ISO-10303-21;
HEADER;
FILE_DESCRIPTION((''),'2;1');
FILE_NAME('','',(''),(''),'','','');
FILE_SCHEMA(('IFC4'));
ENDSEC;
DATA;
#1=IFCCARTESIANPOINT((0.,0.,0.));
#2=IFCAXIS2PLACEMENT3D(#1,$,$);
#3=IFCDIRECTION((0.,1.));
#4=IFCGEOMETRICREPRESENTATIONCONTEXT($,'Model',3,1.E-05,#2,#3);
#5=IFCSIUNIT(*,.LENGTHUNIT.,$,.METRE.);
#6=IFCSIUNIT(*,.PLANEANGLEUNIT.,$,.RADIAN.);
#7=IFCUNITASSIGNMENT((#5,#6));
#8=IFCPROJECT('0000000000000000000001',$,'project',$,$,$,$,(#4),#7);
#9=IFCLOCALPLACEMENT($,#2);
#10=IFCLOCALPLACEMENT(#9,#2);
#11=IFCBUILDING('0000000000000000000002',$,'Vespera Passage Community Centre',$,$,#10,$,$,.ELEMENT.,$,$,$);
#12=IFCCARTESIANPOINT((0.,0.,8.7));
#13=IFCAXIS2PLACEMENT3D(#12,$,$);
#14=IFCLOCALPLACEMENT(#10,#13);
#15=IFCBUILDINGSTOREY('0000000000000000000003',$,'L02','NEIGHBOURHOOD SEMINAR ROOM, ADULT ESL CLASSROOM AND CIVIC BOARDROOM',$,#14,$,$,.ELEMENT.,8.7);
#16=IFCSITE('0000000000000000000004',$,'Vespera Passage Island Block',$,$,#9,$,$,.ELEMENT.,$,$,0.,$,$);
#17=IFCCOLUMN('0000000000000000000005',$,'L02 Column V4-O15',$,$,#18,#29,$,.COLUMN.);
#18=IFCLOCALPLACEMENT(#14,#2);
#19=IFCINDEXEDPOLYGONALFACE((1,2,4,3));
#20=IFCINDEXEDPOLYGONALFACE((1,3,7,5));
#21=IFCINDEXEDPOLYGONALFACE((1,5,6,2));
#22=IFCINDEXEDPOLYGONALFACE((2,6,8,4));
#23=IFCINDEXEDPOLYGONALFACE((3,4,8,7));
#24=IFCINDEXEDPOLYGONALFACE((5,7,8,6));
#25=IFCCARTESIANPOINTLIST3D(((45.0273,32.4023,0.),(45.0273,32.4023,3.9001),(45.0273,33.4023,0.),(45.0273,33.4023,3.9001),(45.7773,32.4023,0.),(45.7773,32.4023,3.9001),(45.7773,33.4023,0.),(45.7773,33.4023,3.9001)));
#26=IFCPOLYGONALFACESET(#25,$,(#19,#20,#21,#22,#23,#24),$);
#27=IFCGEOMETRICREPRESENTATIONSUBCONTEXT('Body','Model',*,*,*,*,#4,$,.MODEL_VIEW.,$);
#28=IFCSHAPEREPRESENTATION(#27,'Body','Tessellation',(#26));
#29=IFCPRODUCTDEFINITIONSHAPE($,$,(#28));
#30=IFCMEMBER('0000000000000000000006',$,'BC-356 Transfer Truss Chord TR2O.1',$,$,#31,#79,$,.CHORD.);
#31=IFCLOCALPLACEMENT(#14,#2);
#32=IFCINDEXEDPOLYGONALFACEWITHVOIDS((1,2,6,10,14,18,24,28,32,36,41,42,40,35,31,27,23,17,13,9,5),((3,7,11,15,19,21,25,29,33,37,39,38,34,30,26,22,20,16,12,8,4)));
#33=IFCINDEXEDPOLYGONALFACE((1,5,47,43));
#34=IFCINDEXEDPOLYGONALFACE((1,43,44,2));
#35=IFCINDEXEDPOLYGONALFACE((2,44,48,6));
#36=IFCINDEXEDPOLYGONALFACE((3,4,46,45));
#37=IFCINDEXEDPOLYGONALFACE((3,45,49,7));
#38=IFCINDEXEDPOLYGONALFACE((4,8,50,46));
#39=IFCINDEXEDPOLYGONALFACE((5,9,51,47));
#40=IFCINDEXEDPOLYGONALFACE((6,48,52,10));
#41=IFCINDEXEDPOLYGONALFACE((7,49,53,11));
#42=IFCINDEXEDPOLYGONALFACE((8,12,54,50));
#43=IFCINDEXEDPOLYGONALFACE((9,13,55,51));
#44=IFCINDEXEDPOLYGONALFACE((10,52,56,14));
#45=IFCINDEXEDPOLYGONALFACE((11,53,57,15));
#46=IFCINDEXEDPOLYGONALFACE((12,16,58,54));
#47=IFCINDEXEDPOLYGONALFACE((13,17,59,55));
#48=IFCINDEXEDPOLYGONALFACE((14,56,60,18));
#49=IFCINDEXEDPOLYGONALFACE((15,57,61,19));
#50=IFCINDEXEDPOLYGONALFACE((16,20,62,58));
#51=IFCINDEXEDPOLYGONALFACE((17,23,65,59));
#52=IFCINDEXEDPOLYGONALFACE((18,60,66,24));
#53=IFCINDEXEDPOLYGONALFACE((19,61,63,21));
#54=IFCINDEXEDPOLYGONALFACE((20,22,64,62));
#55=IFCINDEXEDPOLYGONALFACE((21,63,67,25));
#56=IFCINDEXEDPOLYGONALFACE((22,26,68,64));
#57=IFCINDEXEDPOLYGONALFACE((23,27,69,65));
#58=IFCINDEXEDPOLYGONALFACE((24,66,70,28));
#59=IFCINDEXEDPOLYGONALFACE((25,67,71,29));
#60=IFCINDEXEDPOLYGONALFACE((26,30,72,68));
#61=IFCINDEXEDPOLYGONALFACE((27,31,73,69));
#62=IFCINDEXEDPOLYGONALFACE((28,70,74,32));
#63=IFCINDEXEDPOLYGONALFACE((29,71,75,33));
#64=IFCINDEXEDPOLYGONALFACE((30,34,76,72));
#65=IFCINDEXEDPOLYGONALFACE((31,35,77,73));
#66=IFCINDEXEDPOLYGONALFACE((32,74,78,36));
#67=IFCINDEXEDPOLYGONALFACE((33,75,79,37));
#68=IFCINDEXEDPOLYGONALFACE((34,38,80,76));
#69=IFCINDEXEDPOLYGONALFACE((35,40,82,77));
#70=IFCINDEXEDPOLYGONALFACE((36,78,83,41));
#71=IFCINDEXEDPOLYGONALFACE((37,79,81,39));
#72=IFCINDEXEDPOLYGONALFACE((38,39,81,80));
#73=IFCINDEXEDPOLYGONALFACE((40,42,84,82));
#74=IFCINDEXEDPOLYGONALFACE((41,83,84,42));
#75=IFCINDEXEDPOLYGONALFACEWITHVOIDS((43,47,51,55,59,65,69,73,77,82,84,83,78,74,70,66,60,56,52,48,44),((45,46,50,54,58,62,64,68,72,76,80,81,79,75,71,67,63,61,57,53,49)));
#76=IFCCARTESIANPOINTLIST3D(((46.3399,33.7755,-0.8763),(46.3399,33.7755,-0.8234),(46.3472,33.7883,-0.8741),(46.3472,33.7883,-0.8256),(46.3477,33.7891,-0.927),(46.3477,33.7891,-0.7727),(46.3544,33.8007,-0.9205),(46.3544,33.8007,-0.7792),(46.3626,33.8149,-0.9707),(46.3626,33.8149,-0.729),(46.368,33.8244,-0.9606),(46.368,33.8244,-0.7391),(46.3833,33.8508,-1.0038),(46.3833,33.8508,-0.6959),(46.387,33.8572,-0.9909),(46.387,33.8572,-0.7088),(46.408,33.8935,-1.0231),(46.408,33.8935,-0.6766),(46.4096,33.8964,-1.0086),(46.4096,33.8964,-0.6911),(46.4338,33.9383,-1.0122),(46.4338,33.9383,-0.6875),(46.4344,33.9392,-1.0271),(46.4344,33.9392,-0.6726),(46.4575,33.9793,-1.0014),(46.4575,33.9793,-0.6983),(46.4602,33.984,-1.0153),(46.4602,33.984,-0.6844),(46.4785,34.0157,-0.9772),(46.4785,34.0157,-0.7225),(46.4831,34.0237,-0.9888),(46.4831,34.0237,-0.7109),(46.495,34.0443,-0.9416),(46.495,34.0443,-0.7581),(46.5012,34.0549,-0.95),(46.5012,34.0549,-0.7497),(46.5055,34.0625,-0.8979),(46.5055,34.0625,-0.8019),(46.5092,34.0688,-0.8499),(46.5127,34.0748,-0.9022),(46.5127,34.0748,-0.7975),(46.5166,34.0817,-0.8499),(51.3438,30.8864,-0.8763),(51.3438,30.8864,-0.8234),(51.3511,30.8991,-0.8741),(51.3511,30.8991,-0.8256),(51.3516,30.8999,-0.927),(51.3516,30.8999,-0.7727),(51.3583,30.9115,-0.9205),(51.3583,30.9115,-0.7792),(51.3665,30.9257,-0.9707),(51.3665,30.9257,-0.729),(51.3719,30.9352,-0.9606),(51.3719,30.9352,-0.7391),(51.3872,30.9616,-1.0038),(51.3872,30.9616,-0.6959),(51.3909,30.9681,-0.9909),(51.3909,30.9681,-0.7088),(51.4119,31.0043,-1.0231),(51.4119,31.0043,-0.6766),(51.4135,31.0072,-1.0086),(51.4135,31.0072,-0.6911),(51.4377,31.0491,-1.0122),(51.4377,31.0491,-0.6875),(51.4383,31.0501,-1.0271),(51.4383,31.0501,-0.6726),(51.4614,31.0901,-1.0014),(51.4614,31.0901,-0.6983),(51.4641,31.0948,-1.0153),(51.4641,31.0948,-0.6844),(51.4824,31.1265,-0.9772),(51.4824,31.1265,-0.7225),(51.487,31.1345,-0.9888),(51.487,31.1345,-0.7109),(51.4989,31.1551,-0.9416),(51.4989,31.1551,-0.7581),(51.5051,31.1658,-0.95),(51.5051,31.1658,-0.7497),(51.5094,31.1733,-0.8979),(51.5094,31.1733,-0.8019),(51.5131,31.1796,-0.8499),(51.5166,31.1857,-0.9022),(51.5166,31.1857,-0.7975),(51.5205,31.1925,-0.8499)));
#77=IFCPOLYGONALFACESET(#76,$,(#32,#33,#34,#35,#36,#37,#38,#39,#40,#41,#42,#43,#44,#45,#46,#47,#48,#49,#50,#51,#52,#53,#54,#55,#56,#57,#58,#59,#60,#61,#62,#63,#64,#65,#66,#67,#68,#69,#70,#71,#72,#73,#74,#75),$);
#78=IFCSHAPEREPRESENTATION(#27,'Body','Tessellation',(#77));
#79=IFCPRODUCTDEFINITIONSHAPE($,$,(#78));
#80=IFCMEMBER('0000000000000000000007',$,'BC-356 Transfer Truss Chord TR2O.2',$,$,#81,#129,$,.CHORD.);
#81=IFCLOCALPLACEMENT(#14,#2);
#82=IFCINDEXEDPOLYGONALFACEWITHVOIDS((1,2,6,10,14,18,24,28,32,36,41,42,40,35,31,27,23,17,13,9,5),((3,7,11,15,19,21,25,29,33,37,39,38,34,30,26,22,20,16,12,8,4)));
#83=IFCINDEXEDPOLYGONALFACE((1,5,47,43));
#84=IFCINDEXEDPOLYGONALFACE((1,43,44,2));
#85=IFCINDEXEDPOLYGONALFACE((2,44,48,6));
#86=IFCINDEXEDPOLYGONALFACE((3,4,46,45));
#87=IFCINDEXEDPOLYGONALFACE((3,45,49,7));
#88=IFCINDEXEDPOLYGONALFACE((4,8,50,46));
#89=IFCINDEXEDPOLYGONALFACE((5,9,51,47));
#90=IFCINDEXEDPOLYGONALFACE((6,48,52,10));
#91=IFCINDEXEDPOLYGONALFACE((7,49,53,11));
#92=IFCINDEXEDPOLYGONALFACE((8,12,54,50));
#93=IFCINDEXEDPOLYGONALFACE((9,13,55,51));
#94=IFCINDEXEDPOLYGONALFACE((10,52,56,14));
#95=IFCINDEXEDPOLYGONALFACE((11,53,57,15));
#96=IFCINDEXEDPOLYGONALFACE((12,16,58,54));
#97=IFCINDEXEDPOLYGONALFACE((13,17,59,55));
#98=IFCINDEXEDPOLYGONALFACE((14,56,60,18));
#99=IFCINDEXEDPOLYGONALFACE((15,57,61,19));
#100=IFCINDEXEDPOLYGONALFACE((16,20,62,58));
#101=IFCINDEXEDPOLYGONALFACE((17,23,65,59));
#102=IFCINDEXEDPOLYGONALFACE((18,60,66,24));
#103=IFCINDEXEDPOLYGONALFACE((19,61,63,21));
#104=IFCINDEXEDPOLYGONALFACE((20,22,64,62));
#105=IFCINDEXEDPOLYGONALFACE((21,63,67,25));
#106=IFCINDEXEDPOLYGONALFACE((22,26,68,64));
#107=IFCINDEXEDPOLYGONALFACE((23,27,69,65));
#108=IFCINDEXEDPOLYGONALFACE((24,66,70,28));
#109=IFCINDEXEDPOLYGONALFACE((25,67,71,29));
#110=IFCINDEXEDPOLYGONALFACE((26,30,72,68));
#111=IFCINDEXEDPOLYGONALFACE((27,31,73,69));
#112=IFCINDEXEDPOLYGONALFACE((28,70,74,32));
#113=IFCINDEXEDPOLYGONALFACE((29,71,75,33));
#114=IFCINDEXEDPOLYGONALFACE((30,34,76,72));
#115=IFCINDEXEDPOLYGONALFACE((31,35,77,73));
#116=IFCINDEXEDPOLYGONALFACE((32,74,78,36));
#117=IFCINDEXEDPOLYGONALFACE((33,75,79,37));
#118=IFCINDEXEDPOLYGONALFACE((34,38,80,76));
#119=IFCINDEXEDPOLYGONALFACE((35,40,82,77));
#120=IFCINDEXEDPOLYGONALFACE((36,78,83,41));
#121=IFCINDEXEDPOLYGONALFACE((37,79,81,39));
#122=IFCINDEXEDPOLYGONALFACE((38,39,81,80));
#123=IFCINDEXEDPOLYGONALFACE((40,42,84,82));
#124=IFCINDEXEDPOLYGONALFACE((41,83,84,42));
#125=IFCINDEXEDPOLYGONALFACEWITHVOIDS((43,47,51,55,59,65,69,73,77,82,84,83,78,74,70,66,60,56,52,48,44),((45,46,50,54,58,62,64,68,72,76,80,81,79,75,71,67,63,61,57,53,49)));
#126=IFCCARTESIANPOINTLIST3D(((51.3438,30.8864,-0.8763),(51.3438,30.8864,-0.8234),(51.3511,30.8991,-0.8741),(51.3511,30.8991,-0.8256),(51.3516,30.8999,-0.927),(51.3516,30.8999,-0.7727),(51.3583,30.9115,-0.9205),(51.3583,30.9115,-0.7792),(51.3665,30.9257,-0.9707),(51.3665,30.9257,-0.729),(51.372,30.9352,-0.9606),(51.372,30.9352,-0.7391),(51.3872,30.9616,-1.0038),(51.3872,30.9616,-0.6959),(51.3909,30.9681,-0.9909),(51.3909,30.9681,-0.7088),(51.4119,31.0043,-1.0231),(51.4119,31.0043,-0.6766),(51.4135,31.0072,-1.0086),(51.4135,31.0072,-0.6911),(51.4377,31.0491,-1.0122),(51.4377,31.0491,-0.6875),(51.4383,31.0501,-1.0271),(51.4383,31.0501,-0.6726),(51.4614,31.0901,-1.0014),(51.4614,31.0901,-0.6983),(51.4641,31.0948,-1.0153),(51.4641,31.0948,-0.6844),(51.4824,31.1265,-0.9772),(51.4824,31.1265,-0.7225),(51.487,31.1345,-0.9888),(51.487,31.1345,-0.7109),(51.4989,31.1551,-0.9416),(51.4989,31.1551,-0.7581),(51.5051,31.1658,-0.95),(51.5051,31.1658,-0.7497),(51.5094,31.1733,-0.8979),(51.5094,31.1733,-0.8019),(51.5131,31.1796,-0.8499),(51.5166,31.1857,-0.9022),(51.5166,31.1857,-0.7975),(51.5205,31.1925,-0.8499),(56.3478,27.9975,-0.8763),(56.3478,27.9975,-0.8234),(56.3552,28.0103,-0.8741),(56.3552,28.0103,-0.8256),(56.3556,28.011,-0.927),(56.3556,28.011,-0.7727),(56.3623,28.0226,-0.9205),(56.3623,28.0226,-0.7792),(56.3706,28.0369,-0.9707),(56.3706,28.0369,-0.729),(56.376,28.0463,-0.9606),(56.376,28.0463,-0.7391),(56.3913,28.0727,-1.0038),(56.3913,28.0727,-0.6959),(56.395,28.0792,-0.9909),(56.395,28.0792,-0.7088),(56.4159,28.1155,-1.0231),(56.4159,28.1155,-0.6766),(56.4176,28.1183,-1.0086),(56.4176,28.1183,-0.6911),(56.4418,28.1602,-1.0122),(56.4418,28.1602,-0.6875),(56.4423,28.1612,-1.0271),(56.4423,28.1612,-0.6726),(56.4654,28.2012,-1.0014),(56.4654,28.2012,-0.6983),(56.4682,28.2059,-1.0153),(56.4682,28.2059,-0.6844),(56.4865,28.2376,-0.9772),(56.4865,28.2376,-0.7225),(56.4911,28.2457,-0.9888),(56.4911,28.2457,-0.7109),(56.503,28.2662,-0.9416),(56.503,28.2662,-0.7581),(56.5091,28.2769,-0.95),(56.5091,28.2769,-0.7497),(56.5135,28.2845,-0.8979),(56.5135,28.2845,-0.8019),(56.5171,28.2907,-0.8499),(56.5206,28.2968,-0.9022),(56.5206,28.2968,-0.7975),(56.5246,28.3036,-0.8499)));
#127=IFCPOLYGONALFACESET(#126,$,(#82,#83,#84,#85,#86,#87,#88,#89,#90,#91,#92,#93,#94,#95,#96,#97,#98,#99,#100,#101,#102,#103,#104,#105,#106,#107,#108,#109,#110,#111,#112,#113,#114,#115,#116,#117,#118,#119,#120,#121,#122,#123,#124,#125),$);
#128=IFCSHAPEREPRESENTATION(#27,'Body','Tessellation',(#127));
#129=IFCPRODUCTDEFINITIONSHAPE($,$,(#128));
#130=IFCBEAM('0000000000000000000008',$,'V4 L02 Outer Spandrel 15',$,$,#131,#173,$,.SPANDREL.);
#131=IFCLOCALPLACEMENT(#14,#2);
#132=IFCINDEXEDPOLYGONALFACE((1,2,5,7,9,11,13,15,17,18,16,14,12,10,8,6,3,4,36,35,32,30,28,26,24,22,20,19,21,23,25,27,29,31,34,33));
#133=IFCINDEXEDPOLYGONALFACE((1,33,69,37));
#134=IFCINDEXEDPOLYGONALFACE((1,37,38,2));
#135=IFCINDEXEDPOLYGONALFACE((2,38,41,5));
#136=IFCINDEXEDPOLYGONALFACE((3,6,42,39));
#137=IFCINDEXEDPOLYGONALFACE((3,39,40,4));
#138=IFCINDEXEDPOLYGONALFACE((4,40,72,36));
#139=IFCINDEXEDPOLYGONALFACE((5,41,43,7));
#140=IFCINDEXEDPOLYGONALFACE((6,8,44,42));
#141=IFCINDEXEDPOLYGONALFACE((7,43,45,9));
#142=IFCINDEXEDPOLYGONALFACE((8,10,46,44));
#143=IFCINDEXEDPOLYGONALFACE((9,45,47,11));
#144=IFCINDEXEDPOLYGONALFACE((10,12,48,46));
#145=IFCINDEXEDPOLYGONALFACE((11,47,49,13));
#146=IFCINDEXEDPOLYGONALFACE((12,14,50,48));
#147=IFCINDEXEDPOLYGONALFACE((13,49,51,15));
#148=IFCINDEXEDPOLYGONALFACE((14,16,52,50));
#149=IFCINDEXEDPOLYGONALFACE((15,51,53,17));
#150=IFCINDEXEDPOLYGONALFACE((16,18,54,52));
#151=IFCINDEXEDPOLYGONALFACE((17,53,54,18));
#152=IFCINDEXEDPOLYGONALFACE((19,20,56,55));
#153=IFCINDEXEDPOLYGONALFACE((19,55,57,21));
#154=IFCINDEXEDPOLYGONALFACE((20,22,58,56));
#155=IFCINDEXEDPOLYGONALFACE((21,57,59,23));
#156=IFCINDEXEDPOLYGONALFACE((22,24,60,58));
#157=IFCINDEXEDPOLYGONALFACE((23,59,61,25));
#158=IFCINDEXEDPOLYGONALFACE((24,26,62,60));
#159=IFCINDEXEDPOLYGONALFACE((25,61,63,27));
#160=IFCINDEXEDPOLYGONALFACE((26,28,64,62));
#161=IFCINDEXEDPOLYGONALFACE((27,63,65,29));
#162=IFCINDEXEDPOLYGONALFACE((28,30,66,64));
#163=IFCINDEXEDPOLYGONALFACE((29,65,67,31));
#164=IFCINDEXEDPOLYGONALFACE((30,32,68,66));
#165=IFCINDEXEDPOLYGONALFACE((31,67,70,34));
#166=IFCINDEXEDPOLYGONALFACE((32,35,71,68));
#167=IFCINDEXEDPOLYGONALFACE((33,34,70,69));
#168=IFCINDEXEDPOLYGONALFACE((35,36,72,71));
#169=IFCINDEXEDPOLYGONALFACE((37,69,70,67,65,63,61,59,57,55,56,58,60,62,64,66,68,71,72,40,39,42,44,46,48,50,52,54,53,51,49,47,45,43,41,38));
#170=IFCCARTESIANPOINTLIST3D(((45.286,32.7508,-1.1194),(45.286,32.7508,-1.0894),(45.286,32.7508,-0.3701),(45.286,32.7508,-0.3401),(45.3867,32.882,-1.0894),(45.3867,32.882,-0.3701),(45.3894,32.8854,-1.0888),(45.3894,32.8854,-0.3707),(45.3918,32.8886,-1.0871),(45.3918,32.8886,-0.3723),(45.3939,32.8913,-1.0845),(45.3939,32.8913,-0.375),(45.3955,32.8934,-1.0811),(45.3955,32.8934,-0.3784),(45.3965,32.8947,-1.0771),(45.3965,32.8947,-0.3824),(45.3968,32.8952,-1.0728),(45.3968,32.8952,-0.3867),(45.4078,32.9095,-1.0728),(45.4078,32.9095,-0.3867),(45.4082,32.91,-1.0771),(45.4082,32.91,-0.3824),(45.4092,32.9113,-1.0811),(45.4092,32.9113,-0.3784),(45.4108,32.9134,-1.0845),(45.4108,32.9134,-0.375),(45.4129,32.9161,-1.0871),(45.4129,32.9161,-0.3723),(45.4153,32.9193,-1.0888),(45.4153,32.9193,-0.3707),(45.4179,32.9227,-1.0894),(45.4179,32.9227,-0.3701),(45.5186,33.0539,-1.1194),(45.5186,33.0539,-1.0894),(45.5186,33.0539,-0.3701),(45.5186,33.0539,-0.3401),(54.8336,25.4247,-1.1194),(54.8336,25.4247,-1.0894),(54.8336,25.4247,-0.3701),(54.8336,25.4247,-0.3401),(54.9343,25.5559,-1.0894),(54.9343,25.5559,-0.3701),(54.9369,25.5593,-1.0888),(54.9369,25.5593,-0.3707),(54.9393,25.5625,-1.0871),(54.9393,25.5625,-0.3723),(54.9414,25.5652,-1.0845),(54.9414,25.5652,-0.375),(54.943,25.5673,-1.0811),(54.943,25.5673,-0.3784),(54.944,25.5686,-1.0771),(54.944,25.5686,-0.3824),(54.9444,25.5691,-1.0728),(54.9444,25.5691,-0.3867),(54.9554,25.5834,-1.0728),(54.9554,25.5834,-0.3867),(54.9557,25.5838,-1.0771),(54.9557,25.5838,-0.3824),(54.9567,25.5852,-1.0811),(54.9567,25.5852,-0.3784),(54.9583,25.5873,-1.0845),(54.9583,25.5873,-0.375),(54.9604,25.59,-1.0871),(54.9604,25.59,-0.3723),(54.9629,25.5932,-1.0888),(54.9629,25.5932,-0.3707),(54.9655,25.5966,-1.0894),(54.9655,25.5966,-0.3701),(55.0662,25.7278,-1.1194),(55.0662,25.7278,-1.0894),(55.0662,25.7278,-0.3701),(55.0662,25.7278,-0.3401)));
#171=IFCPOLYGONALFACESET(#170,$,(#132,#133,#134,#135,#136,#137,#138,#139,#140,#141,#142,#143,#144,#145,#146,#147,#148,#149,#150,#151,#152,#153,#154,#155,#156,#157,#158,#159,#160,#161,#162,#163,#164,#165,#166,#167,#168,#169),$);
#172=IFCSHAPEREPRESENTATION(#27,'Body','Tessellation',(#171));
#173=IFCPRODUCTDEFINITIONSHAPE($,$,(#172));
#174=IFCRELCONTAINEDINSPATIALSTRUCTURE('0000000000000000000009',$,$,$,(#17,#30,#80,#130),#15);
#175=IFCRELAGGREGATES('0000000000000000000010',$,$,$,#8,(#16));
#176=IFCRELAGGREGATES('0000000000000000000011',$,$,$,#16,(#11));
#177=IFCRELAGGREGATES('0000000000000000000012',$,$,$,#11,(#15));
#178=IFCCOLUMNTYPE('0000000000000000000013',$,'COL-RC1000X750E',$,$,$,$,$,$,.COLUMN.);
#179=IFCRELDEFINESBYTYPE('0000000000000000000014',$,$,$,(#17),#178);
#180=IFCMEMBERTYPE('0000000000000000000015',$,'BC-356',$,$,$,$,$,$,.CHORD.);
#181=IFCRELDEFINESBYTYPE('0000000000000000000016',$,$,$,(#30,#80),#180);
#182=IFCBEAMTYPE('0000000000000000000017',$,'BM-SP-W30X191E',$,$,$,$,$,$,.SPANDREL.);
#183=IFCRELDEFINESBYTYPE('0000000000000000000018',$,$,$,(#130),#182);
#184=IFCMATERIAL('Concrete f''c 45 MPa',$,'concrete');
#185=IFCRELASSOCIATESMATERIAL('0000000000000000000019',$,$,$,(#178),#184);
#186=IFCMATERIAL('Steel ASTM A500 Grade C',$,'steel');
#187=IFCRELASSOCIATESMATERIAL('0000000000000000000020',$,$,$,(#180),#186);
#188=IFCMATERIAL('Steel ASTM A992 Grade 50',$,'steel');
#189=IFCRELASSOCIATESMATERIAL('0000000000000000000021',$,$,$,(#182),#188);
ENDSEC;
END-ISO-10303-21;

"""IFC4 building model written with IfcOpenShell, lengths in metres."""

from ifc_helpers import new_model, si_unit, direction, frame, origin, origin_2d, place, context, subcontext, project, spatial, rectangle, hollow_circle, i_section, extrude, material, material_profile, profile_set, type_object, element, save


model = new_model("IFC4")

# Units and contexts
model_context = context("Model", 3, precision=1e-05, world=origin(), true_north=direction((0.0, 1.0)))
body_context = subcontext(model_context, "Body", "Model", "MODEL_VIEW")
ifc_project = project(units=[si_unit("LENGTHUNIT", "METRE"), si_unit("PLANEANGLEUNIT", "RADIAN")], contexts=[model_context])

# Site, building, storey
site_placement = place(None, origin())
site = spatial("IfcSite", under=ifc_project, at=site_placement, Name="Vespera Passage Island Block", CompositionType="ELEMENT", RefElevation=0.0)
building_placement = place(site_placement, origin())
building = spatial("IfcBuilding", under=site, at=building_placement, Name="Vespera Passage Community Centre", CompositionType="ELEMENT")
storey_placement = place(building_placement, frame((0.0, 0.0, 8.7)))
storey = spatial("IfcBuildingStorey", under=building, at=storey_placement, Name="L02", Description="NEIGHBOURHOOD SEMINAR ROOM, ADULT ESL CLASSROOM AND CIVIC BOARDROOM", CompositionType="ELEMENT", Elevation=8.7)

# Column
ifc_material_1 = material(Name="Concrete f'c 45 MPa", Category="concrete")
ifc_material_profile_1 = material_profile(ifc_material_1, rectangle(XDim=0.75, YDim=1.0, at=origin_2d()), Name="RC1000X750")
ifc_profile_set_1 = profile_set([ifc_material_profile_1], Name="Concrete f'c 45 MPa")
column_type = type_object("IfcColumnType", Name="COL-RC1000X750E", PredefinedType="COLUMN", material=ifc_profile_set_1)
column_placement = place(storey_placement, frame((45.4023, 32.9023, 0.0), z_axis=(0.0, 0.0, 1.0), x_axis=(1.0, 0.0, 0.0)))
element("IfcColumn", 1, at=column_placement, inside=storey, type_object=column_type, Name="L02 Column V4-O15", PredefinedType="COLUMN", context=body_context, shape_type="SweptSolid", body=[
    extrude(rectangle(XDim=0.75, YDim=1.0, at=origin_2d()), origin(), (0.0, 0.0, 1.0), 3.9001),
])

# Members
ifc_material_2 = material(Name="Steel ASTM A500 Grade C", Category="steel")
ifc_material_profile_2 = material_profile(ifc_material_2, hollow_circle(Radius=0.1777, WallThickness=0.0149, at=origin_2d()), Name="CHS356X15.9")
ifc_profile_set_2 = profile_set([ifc_material_profile_2], Name="Steel ASTM A500 Grade C")
member_type_1 = type_object("IfcMemberType", Name="BC-356", PredefinedType="CHORD", material=ifc_profile_set_2)
for number, where, z_axis, x_axis, name in (
    (2, (46.4277, 33.9277, -0.8499), (0.866014, -0.50002, 0.0), (0.50002, 0.866014, 0.0), "BC-356 Transfer Truss Chord TR2O.1"),
    (3, (51.4316, 31.0386, -0.8499), (0.866043, -0.49997, 0.0), (0.49997, 0.866043, 0.0), "BC-356 Transfer Truss Chord TR2O.2"),
):
    element("IfcMember", number, at=place(storey_placement, frame(where, z_axis=z_axis, x_axis=x_axis)), inside=storey, type_object=member_type_1, Name=name, PredefinedType="CHORD", context=body_context, shape_type="SweptSolid", body=[
        extrude(hollow_circle(Radius=0.1777, WallThickness=0.0149, at=origin_2d()), origin(), (0.0, 0.0, 1.0), 5.7781),
    ])

# Beam
ifc_material_3 = material(Name="Steel ASTM A992 Grade 50", Category="steel")
ifc_material_profile_3 = material_profile(ifc_material_3, i_section(OverallWidth=0.3821, OverallDepth=0.7793, WebThickness=0.0181, FlangeThickness=0.03, FilletRadius=0.0166, at=origin_2d()), Name="W30X191")
ifc_profile_set_3 = profile_set([ifc_material_profile_3], Name="Steel ASTM A992 Grade 50")
beam_type = type_object("IfcBeamType", Name="BM-SP-W30X191E", PredefinedType="SPANDREL", material=ifc_profile_set_3)
beam_placement = place(storey_placement, frame((45.4023, 32.9023, -0.7297), z_axis=(0.793352, -0.608763, 0.0), x_axis=(0.608763, 0.793352, 0.0)))
element("IfcBeam", 4, at=beam_placement, inside=storey, type_object=beam_type, Name="V4 L02 Outer Spandrel 15", PredefinedType="SPANDREL", context=body_context, shape_type="SweptSolid", body=[
    extrude(i_section(OverallWidth=0.3821, OverallDepth=0.7793, WebThickness=0.0181, FlangeThickness=0.03, FilletRadius=0.0166, at=origin_2d()), origin(), (0.0, 0.0, 1.0), 12.0344),
])

save(model, "model.ifc")
